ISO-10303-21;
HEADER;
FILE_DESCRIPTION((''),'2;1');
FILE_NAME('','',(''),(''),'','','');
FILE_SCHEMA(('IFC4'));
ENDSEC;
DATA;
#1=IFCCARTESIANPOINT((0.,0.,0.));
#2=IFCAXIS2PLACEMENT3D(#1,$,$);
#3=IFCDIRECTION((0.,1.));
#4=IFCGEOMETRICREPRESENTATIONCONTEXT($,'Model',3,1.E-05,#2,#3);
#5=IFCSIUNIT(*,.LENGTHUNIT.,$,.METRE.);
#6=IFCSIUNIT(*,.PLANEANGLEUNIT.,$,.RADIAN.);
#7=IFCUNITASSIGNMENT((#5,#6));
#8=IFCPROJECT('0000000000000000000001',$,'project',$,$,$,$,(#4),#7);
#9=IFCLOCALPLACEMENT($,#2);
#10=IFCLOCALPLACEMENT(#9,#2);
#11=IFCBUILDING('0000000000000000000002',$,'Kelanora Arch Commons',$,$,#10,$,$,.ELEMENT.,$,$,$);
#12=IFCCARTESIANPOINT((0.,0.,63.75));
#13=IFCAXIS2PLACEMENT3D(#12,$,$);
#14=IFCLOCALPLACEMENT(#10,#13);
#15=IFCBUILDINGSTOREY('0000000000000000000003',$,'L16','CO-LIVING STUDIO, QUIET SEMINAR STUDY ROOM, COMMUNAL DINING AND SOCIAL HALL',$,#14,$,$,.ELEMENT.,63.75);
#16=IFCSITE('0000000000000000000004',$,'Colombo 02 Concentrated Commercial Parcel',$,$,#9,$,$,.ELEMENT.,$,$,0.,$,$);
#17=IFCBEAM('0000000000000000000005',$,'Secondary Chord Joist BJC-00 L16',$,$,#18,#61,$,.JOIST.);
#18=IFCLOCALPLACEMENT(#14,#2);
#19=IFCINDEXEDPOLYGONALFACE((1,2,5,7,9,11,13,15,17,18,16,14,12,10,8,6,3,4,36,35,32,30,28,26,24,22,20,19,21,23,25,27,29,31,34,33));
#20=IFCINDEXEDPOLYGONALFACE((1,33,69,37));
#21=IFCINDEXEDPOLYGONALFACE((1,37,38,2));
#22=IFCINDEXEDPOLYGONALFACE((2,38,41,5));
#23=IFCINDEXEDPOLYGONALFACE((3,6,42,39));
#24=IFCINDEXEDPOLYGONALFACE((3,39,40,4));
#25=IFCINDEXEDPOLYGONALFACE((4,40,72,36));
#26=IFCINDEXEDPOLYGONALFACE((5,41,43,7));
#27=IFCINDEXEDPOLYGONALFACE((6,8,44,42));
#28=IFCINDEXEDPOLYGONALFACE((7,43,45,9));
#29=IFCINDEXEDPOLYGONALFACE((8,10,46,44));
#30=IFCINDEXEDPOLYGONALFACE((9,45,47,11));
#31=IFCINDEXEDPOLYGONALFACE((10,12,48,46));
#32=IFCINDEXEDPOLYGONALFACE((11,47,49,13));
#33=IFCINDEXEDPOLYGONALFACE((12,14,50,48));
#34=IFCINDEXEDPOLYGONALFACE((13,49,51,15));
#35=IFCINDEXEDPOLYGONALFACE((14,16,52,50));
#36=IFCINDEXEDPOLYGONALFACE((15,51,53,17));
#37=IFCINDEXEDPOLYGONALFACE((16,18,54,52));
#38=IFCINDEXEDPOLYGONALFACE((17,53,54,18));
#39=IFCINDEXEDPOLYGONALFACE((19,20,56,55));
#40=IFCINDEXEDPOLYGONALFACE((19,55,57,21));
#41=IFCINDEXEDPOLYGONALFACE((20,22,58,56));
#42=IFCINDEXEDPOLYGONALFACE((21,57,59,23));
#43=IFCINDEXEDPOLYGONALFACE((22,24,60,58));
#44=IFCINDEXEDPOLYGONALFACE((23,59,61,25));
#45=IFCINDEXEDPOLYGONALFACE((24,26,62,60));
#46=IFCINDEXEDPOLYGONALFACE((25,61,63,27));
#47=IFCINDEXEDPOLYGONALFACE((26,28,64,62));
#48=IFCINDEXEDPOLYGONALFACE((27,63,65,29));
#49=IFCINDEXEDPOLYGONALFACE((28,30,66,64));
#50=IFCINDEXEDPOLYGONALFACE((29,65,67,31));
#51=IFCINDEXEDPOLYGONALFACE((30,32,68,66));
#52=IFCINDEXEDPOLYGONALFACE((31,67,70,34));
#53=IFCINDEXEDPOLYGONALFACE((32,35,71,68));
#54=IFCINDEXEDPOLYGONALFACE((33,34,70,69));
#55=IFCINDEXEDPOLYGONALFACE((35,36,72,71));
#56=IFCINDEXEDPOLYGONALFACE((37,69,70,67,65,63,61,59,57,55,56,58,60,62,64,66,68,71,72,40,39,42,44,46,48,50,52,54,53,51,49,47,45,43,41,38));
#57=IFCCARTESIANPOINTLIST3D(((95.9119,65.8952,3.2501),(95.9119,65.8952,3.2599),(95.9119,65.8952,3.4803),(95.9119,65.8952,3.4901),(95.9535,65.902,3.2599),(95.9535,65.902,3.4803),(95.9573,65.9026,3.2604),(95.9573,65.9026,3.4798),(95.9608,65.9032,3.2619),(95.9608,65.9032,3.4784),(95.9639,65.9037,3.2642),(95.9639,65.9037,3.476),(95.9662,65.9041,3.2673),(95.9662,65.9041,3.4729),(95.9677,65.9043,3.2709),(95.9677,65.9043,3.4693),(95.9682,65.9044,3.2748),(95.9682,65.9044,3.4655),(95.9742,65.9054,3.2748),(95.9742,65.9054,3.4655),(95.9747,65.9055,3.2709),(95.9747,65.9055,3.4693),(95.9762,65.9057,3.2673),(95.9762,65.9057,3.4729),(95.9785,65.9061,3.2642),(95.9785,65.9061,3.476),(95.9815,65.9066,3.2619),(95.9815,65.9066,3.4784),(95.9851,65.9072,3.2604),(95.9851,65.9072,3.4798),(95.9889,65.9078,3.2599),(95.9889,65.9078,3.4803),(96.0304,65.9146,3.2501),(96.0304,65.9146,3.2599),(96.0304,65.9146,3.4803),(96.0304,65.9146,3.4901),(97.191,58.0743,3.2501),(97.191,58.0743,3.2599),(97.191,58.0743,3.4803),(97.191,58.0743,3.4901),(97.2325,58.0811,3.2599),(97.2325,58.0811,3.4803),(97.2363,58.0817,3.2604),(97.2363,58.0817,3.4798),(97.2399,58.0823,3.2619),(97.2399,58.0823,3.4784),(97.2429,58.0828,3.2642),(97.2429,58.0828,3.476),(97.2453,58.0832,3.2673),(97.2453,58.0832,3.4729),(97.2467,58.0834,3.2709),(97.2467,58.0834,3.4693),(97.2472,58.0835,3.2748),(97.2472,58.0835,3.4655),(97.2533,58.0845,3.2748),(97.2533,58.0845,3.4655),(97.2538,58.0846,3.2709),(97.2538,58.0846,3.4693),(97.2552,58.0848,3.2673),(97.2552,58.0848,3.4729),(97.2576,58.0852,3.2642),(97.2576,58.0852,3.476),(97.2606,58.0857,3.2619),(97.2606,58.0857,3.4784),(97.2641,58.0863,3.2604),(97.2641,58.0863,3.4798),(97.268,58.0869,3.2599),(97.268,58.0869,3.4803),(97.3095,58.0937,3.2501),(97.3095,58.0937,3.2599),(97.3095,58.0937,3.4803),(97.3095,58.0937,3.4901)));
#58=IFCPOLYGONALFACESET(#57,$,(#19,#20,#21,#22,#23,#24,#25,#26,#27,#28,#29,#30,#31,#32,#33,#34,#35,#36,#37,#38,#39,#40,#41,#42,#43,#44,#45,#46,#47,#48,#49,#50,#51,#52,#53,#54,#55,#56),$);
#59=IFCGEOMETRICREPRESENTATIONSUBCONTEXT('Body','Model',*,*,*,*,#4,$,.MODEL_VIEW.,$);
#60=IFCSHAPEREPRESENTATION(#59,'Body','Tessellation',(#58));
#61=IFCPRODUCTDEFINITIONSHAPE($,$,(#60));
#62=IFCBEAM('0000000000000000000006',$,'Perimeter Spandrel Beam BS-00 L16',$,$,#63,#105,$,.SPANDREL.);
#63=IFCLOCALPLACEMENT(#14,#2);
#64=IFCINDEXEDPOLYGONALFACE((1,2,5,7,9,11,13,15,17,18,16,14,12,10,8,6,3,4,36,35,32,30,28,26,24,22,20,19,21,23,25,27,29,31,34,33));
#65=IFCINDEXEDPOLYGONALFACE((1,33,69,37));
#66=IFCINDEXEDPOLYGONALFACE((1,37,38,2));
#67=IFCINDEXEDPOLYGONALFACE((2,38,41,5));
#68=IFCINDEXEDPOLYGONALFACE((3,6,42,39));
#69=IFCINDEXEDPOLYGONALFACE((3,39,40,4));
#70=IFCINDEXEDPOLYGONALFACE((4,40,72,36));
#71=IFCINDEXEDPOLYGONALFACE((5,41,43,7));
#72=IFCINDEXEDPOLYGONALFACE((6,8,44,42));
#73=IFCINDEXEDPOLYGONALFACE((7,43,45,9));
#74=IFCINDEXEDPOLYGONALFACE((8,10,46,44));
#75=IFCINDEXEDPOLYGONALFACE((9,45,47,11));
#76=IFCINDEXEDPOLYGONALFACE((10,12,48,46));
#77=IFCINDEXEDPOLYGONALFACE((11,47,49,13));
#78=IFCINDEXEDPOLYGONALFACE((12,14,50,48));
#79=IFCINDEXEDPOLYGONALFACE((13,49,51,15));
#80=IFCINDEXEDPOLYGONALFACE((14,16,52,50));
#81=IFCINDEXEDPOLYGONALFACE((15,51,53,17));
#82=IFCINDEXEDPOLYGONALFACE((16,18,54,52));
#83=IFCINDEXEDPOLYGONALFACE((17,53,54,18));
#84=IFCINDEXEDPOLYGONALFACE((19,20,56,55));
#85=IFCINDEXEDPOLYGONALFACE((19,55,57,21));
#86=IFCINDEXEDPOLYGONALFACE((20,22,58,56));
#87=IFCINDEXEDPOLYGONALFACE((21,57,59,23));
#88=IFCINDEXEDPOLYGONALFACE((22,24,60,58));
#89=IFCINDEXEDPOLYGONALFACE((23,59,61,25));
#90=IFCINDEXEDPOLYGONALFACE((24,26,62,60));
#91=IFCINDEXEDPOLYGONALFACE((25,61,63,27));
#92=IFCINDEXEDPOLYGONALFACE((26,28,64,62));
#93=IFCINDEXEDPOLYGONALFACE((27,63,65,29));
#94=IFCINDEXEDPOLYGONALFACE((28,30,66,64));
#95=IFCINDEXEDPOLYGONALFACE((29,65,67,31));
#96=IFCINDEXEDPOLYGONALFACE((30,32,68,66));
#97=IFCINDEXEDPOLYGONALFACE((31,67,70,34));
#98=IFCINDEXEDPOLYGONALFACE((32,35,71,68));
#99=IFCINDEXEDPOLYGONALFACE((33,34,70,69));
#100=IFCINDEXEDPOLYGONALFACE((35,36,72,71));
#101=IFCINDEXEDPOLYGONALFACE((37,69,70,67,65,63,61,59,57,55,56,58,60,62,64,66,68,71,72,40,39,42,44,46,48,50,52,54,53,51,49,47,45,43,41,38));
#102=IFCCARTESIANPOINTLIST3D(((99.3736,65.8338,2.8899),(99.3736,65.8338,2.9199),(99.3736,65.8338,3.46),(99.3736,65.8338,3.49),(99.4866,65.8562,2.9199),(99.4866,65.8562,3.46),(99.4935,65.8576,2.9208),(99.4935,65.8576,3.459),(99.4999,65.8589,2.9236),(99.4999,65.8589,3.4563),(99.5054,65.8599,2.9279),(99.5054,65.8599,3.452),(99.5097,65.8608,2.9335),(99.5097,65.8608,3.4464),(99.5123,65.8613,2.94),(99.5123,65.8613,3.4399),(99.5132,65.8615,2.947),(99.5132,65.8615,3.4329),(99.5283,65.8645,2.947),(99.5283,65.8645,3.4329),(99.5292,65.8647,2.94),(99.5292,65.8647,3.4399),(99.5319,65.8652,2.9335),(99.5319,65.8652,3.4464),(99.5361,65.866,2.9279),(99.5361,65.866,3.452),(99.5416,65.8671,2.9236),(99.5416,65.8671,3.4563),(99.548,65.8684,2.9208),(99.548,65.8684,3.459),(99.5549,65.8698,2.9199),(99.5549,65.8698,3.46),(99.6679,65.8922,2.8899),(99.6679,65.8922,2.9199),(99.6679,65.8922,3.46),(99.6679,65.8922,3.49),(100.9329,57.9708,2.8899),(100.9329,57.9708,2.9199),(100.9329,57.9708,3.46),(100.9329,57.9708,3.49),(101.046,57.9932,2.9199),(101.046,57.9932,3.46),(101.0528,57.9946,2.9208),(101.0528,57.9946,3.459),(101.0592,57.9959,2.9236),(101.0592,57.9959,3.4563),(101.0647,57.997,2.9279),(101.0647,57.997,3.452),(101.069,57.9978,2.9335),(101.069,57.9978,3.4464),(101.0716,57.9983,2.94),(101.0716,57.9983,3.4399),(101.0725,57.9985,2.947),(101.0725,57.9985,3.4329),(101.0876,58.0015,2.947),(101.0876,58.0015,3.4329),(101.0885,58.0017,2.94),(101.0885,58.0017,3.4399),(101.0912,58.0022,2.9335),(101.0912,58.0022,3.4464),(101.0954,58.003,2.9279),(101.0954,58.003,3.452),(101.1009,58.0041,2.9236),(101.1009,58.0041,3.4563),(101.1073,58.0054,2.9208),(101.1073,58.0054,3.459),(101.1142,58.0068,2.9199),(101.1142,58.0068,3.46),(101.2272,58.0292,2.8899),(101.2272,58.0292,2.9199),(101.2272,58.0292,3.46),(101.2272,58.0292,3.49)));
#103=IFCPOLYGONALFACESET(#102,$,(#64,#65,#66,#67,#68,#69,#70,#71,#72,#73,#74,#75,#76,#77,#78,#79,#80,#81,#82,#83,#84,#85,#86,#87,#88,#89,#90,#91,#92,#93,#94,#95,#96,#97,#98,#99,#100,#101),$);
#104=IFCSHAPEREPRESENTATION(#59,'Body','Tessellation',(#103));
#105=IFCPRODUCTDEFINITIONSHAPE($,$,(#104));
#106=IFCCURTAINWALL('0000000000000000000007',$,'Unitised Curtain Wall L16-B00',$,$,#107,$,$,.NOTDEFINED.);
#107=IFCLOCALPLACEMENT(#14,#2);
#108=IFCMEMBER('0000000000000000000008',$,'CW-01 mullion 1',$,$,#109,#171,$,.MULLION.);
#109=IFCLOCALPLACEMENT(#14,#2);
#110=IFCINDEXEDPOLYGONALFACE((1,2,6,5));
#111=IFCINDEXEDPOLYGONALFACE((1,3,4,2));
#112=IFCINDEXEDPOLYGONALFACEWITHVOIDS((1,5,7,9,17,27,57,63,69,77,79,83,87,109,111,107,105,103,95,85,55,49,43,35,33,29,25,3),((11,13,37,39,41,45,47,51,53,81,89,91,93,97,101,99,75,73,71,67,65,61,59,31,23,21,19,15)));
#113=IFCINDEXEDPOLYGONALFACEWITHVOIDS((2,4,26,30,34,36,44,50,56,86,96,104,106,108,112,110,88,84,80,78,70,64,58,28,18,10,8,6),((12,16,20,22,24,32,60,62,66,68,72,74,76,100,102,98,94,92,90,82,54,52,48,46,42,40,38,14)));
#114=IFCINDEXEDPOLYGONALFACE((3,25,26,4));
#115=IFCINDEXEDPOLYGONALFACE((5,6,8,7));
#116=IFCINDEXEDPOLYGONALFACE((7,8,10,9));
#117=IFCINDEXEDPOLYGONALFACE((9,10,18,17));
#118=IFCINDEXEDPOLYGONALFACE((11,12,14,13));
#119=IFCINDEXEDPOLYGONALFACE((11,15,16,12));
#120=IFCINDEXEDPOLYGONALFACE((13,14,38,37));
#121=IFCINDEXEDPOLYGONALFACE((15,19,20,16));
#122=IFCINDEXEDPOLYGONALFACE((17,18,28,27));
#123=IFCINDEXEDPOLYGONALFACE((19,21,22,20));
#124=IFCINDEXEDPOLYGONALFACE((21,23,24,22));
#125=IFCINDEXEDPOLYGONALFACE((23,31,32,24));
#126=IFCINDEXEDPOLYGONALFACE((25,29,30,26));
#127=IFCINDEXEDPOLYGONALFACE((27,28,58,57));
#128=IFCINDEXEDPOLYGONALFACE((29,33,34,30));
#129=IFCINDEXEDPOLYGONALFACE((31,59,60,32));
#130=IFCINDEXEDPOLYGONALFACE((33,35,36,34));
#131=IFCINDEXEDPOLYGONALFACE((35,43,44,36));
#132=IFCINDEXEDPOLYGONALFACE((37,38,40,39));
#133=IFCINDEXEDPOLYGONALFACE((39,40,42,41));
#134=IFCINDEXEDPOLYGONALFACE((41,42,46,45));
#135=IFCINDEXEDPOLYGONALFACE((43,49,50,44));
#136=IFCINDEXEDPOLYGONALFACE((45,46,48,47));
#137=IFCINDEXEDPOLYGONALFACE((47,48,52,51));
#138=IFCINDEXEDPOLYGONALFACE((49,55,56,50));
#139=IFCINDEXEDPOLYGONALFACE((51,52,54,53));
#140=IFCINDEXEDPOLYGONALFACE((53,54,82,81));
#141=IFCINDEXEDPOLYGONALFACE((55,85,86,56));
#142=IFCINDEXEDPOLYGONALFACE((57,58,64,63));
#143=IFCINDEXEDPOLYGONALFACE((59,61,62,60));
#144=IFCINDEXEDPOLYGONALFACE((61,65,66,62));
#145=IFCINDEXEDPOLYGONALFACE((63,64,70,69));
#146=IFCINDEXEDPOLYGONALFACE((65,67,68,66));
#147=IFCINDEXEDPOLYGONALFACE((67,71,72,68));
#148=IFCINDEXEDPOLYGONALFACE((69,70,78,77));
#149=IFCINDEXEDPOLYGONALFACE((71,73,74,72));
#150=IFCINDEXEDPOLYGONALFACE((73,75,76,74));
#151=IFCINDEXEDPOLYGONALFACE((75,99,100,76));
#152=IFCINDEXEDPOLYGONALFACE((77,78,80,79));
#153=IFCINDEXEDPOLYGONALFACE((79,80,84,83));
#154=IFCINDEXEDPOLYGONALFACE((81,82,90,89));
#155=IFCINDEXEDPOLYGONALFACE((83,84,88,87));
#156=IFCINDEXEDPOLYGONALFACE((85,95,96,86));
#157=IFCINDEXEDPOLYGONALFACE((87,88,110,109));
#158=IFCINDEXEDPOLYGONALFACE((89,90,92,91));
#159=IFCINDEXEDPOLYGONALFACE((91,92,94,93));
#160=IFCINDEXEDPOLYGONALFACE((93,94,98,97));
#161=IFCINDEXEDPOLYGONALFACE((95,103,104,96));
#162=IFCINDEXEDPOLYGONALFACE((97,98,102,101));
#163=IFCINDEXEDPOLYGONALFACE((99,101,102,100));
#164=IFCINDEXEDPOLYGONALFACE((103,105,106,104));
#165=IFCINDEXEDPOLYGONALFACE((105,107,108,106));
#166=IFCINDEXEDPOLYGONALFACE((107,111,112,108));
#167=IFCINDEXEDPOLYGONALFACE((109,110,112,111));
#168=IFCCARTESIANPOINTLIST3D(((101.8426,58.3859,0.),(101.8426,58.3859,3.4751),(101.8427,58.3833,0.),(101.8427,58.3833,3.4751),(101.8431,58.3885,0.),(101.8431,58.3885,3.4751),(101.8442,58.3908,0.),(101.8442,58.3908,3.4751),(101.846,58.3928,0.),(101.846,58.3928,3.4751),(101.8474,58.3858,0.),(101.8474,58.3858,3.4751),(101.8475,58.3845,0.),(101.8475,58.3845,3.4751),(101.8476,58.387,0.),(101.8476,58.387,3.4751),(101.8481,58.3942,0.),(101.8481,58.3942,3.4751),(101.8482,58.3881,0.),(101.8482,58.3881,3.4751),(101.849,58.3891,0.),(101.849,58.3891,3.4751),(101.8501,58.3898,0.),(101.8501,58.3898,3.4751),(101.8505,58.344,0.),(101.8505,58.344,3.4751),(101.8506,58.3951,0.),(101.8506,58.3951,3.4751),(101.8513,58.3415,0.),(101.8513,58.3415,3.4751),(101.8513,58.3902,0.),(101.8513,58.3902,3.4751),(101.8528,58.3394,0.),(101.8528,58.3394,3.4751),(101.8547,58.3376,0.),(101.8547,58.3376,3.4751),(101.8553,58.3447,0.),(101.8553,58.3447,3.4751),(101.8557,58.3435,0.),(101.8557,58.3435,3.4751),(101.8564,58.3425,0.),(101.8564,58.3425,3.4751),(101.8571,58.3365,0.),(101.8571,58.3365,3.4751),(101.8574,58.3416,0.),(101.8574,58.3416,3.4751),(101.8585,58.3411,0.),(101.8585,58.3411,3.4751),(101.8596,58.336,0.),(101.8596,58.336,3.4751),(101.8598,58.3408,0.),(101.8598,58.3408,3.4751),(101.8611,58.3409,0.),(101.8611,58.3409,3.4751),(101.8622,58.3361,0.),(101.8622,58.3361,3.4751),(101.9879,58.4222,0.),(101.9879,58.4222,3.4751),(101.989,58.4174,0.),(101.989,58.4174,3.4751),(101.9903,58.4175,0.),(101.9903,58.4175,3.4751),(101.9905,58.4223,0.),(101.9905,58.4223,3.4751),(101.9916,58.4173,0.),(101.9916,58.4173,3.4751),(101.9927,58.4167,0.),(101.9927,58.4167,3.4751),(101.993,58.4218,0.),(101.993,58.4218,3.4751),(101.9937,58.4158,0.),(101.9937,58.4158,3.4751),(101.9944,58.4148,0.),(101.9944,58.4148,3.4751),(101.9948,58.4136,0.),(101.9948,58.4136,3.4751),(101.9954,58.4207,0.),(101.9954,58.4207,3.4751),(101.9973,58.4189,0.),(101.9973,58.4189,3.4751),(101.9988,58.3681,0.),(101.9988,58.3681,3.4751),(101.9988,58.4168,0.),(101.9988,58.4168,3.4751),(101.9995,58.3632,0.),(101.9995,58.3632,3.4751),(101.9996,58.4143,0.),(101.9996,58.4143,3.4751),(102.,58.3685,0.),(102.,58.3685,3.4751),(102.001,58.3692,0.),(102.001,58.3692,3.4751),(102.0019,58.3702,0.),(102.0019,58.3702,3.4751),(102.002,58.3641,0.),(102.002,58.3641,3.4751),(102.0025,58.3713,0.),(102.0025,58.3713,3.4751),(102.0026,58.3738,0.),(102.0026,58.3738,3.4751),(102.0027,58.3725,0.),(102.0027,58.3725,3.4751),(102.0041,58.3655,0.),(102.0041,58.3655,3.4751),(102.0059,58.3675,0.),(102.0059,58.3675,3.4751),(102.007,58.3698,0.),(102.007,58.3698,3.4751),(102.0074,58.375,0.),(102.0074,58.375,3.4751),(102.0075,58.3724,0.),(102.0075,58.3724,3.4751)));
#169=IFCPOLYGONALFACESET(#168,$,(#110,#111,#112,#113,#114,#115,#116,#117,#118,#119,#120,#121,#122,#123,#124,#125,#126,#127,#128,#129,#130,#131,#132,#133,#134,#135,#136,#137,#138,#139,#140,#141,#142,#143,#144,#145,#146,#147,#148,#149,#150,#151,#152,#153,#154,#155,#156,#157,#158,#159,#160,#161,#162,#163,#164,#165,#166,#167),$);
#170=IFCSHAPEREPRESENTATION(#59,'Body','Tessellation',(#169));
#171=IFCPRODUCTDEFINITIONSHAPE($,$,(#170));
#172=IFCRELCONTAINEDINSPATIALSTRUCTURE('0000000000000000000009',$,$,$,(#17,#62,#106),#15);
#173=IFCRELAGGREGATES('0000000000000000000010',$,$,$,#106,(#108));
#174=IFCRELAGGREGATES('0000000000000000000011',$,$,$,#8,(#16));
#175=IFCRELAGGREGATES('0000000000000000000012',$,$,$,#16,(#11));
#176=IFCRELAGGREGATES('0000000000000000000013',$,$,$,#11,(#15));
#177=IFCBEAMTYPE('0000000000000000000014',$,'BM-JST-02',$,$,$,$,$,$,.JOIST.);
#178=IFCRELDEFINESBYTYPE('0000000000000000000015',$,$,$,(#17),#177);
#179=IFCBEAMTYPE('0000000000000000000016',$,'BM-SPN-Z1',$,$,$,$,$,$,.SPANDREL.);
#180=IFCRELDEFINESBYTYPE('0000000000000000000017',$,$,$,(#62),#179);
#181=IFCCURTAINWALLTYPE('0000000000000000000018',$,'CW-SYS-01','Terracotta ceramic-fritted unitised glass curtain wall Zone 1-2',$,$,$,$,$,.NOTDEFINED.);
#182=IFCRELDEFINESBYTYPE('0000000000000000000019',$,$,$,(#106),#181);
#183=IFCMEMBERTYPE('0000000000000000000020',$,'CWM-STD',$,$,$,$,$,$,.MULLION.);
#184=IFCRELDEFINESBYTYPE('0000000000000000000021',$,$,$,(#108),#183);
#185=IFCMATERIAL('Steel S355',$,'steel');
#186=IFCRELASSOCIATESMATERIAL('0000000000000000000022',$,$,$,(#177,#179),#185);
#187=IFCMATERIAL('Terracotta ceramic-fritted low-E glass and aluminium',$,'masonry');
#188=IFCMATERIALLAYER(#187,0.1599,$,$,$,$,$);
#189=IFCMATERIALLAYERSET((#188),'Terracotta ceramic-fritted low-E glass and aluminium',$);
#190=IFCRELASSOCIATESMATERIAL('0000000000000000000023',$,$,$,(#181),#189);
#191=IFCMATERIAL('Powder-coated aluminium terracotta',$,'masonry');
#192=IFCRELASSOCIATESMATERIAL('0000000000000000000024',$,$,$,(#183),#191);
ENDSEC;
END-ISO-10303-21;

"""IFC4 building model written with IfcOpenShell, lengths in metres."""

from ifc_helpers import new_model, si_unit, direction, frame, origin, origin_2d, place, context, subcontext, project, spatial, hollow_rectangle, i_section, extrude, material, layer, layer_set, material_profile, profile_set, type_object, element, aggregate, save


model = new_model("IFC4")

# Units and contexts
model_context = context("Model", 3, precision=1e-05, world=origin(), true_north=direction((0.0, 1.0)))
body_context = subcontext(model_context, "Body", "Model", "MODEL_VIEW")
ifc_project = project(units=[si_unit("LENGTHUNIT", "METRE"), si_unit("PLANEANGLEUNIT", "RADIAN")], contexts=[model_context])

# Site, building, storey
site_placement = place(None, origin())
site = spatial("IfcSite", under=ifc_project, at=site_placement, Name="Colombo 02 Concentrated Commercial Parcel", CompositionType="ELEMENT", RefElevation=0.0)
building_placement = place(site_placement, origin())
building = spatial("IfcBuilding", under=site, at=building_placement, Name="Kelanora Arch Commons", CompositionType="ELEMENT")
storey_placement = place(building_placement, frame((0.0, 0.0, 63.75)))
storey = spatial("IfcBuildingStorey", under=building, at=storey_placement, Name="L16", Description="CO-LIVING STUDIO, QUIET SEMINAR STUDY ROOM, COMMUNAL DINING AND SOCIAL HALL", CompositionType="ELEMENT", Elevation=63.75)

# Beams
ifc_material_1 = material(Name="Steel S355", Category="steel")
ifc_material_profile_1 = material_profile(ifc_material_1, i_section(OverallWidth=0.1201, OverallDepth=0.24, WebThickness=0.0061, FlangeThickness=0.0098, FilletRadius=0.0149, at=origin_2d()), Name="IPE240")
ifc_profile_set_1 = profile_set([ifc_material_profile_1], Name="Steel S355")
beam_type_1 = type_object("IfcBeamType", Name="BM-JST-02", PredefinedType="JOIST", material=ifc_profile_set_1)
beam_1_placement = place(storey_placement, frame((97.2502, 58.084, 3.3701), z_axis=(-0.161401, 0.986889, 0.0), x_axis=(-0.986889, -0.161401, 0.0)))
element("IfcBeam", 1, at=beam_1_placement, inside=storey, type_object=beam_type_1, Name="Secondary Chord Joist BJC-00 L16", PredefinedType="JOIST", context=body_context, shape_type="SweptSolid", body=[
    extrude(i_section(OverallWidth=0.1201, OverallDepth=0.24, WebThickness=0.0061, FlangeThickness=0.0098, FilletRadius=0.0149, at=origin_2d()), origin(), (0.0, 0.0, 1.0), 7.9248),
])
ifc_material_profile_2 = material_profile(ifc_material_1, i_section(OverallWidth=0.3, OverallDepth=0.6001, WebThickness=0.0154, FlangeThickness=0.03, FilletRadius=0.0271, at=origin_2d()), Name="HEB600")
ifc_profile_set_2 = profile_set([ifc_material_profile_2], Name="Steel S355")
beam_type_2 = type_object("IfcBeamType", Name="BM-SPN-Z1", PredefinedType="SPANDREL", material=ifc_profile_set_2)
beam_2_placement = place(storey_placement, frame((101.0801, 58.0, 3.1899), z_axis=(-0.194523, 0.980898, 0.0), x_axis=(-0.980898, -0.194523, 0.0)))
element("IfcBeam", 2, at=beam_2_placement, inside=storey, type_object=beam_type_2, Name="Perimeter Spandrel Beam BS-00 L16", PredefinedType="SPANDREL", context=body_context, shape_type="SweptSolid", body=[
    extrude(i_section(OverallWidth=0.3, OverallDepth=0.6001, WebThickness=0.0154, FlangeThickness=0.03, FilletRadius=0.0271, at=origin_2d()), origin(), (0.0, 0.0, 1.0), 8.0161),
])

# Curtain wall, member
ifc_material_2 = material(Name="Terracotta ceramic-fritted low-E glass and aluminium", Category="masonry")
ifc_layer_1 = layer(ifc_material_2, 0.1599)
ifc_layer_set_1 = layer_set([ifc_layer_1], Name="Terracotta ceramic-fritted low-E glass and aluminium")
curtain_wall_type = type_object("IfcCurtainWallType", Name="CW-SYS-01", Description="Terracotta ceramic-fritted unitised glass curtain wall Zone 1-2", PredefinedType="NOTDEFINED", material=ifc_layer_set_1)
curtain_wall_placement = place(storey_placement, origin())
curtain_wall = element("IfcCurtainWall", 3, at=curtain_wall_placement, inside=storey, type_object=curtain_wall_type, Name="Unitised Curtain Wall L16-B00", PredefinedType="NOTDEFINED")
ifc_material_3 = material(Name="Powder-coated aluminium terracotta", Category="masonry")
ifc_material_profile_3 = material_profile(ifc_material_3, hollow_rectangle(XDim=0.1599, YDim=0.0601, WallThickness=0.0049, InnerFilletRadius=0.0049, OuterFilletRadius=0.01, at=origin_2d()), Name="CWM160x60")
ifc_profile_set_3 = profile_set([ifc_material_profile_3], Name="Powder-coated aluminium terracotta")
member_type_1 = type_object("IfcMemberType", Name="CWM-STD", PredefinedType="MULLION", material=ifc_profile_set_3)
member_1_placement = place(storey_placement, frame((101.925, 58.3792, 0.0), z_axis=(0.0, 0.0, 1.0), x_axis=(-0.981052, -0.193744, 0.0)))
member_1 = element("IfcMember", 4, at=member_1_placement, type_object=member_type_1, Name="CW-01 mullion 1", PredefinedType="MULLION", context=body_context, shape_type="SweptSolid", body=[
    extrude(hollow_rectangle(XDim=0.1599, YDim=0.0601, WallThickness=0.0049, InnerFilletRadius=0.0049, OuterFilletRadius=0.01, at=origin_2d()), origin(), (0.0, 0.0, 1.0), 3.4751),
])
aggregate(curtain_wall, [member_1])

save(model, "model.ifc")
